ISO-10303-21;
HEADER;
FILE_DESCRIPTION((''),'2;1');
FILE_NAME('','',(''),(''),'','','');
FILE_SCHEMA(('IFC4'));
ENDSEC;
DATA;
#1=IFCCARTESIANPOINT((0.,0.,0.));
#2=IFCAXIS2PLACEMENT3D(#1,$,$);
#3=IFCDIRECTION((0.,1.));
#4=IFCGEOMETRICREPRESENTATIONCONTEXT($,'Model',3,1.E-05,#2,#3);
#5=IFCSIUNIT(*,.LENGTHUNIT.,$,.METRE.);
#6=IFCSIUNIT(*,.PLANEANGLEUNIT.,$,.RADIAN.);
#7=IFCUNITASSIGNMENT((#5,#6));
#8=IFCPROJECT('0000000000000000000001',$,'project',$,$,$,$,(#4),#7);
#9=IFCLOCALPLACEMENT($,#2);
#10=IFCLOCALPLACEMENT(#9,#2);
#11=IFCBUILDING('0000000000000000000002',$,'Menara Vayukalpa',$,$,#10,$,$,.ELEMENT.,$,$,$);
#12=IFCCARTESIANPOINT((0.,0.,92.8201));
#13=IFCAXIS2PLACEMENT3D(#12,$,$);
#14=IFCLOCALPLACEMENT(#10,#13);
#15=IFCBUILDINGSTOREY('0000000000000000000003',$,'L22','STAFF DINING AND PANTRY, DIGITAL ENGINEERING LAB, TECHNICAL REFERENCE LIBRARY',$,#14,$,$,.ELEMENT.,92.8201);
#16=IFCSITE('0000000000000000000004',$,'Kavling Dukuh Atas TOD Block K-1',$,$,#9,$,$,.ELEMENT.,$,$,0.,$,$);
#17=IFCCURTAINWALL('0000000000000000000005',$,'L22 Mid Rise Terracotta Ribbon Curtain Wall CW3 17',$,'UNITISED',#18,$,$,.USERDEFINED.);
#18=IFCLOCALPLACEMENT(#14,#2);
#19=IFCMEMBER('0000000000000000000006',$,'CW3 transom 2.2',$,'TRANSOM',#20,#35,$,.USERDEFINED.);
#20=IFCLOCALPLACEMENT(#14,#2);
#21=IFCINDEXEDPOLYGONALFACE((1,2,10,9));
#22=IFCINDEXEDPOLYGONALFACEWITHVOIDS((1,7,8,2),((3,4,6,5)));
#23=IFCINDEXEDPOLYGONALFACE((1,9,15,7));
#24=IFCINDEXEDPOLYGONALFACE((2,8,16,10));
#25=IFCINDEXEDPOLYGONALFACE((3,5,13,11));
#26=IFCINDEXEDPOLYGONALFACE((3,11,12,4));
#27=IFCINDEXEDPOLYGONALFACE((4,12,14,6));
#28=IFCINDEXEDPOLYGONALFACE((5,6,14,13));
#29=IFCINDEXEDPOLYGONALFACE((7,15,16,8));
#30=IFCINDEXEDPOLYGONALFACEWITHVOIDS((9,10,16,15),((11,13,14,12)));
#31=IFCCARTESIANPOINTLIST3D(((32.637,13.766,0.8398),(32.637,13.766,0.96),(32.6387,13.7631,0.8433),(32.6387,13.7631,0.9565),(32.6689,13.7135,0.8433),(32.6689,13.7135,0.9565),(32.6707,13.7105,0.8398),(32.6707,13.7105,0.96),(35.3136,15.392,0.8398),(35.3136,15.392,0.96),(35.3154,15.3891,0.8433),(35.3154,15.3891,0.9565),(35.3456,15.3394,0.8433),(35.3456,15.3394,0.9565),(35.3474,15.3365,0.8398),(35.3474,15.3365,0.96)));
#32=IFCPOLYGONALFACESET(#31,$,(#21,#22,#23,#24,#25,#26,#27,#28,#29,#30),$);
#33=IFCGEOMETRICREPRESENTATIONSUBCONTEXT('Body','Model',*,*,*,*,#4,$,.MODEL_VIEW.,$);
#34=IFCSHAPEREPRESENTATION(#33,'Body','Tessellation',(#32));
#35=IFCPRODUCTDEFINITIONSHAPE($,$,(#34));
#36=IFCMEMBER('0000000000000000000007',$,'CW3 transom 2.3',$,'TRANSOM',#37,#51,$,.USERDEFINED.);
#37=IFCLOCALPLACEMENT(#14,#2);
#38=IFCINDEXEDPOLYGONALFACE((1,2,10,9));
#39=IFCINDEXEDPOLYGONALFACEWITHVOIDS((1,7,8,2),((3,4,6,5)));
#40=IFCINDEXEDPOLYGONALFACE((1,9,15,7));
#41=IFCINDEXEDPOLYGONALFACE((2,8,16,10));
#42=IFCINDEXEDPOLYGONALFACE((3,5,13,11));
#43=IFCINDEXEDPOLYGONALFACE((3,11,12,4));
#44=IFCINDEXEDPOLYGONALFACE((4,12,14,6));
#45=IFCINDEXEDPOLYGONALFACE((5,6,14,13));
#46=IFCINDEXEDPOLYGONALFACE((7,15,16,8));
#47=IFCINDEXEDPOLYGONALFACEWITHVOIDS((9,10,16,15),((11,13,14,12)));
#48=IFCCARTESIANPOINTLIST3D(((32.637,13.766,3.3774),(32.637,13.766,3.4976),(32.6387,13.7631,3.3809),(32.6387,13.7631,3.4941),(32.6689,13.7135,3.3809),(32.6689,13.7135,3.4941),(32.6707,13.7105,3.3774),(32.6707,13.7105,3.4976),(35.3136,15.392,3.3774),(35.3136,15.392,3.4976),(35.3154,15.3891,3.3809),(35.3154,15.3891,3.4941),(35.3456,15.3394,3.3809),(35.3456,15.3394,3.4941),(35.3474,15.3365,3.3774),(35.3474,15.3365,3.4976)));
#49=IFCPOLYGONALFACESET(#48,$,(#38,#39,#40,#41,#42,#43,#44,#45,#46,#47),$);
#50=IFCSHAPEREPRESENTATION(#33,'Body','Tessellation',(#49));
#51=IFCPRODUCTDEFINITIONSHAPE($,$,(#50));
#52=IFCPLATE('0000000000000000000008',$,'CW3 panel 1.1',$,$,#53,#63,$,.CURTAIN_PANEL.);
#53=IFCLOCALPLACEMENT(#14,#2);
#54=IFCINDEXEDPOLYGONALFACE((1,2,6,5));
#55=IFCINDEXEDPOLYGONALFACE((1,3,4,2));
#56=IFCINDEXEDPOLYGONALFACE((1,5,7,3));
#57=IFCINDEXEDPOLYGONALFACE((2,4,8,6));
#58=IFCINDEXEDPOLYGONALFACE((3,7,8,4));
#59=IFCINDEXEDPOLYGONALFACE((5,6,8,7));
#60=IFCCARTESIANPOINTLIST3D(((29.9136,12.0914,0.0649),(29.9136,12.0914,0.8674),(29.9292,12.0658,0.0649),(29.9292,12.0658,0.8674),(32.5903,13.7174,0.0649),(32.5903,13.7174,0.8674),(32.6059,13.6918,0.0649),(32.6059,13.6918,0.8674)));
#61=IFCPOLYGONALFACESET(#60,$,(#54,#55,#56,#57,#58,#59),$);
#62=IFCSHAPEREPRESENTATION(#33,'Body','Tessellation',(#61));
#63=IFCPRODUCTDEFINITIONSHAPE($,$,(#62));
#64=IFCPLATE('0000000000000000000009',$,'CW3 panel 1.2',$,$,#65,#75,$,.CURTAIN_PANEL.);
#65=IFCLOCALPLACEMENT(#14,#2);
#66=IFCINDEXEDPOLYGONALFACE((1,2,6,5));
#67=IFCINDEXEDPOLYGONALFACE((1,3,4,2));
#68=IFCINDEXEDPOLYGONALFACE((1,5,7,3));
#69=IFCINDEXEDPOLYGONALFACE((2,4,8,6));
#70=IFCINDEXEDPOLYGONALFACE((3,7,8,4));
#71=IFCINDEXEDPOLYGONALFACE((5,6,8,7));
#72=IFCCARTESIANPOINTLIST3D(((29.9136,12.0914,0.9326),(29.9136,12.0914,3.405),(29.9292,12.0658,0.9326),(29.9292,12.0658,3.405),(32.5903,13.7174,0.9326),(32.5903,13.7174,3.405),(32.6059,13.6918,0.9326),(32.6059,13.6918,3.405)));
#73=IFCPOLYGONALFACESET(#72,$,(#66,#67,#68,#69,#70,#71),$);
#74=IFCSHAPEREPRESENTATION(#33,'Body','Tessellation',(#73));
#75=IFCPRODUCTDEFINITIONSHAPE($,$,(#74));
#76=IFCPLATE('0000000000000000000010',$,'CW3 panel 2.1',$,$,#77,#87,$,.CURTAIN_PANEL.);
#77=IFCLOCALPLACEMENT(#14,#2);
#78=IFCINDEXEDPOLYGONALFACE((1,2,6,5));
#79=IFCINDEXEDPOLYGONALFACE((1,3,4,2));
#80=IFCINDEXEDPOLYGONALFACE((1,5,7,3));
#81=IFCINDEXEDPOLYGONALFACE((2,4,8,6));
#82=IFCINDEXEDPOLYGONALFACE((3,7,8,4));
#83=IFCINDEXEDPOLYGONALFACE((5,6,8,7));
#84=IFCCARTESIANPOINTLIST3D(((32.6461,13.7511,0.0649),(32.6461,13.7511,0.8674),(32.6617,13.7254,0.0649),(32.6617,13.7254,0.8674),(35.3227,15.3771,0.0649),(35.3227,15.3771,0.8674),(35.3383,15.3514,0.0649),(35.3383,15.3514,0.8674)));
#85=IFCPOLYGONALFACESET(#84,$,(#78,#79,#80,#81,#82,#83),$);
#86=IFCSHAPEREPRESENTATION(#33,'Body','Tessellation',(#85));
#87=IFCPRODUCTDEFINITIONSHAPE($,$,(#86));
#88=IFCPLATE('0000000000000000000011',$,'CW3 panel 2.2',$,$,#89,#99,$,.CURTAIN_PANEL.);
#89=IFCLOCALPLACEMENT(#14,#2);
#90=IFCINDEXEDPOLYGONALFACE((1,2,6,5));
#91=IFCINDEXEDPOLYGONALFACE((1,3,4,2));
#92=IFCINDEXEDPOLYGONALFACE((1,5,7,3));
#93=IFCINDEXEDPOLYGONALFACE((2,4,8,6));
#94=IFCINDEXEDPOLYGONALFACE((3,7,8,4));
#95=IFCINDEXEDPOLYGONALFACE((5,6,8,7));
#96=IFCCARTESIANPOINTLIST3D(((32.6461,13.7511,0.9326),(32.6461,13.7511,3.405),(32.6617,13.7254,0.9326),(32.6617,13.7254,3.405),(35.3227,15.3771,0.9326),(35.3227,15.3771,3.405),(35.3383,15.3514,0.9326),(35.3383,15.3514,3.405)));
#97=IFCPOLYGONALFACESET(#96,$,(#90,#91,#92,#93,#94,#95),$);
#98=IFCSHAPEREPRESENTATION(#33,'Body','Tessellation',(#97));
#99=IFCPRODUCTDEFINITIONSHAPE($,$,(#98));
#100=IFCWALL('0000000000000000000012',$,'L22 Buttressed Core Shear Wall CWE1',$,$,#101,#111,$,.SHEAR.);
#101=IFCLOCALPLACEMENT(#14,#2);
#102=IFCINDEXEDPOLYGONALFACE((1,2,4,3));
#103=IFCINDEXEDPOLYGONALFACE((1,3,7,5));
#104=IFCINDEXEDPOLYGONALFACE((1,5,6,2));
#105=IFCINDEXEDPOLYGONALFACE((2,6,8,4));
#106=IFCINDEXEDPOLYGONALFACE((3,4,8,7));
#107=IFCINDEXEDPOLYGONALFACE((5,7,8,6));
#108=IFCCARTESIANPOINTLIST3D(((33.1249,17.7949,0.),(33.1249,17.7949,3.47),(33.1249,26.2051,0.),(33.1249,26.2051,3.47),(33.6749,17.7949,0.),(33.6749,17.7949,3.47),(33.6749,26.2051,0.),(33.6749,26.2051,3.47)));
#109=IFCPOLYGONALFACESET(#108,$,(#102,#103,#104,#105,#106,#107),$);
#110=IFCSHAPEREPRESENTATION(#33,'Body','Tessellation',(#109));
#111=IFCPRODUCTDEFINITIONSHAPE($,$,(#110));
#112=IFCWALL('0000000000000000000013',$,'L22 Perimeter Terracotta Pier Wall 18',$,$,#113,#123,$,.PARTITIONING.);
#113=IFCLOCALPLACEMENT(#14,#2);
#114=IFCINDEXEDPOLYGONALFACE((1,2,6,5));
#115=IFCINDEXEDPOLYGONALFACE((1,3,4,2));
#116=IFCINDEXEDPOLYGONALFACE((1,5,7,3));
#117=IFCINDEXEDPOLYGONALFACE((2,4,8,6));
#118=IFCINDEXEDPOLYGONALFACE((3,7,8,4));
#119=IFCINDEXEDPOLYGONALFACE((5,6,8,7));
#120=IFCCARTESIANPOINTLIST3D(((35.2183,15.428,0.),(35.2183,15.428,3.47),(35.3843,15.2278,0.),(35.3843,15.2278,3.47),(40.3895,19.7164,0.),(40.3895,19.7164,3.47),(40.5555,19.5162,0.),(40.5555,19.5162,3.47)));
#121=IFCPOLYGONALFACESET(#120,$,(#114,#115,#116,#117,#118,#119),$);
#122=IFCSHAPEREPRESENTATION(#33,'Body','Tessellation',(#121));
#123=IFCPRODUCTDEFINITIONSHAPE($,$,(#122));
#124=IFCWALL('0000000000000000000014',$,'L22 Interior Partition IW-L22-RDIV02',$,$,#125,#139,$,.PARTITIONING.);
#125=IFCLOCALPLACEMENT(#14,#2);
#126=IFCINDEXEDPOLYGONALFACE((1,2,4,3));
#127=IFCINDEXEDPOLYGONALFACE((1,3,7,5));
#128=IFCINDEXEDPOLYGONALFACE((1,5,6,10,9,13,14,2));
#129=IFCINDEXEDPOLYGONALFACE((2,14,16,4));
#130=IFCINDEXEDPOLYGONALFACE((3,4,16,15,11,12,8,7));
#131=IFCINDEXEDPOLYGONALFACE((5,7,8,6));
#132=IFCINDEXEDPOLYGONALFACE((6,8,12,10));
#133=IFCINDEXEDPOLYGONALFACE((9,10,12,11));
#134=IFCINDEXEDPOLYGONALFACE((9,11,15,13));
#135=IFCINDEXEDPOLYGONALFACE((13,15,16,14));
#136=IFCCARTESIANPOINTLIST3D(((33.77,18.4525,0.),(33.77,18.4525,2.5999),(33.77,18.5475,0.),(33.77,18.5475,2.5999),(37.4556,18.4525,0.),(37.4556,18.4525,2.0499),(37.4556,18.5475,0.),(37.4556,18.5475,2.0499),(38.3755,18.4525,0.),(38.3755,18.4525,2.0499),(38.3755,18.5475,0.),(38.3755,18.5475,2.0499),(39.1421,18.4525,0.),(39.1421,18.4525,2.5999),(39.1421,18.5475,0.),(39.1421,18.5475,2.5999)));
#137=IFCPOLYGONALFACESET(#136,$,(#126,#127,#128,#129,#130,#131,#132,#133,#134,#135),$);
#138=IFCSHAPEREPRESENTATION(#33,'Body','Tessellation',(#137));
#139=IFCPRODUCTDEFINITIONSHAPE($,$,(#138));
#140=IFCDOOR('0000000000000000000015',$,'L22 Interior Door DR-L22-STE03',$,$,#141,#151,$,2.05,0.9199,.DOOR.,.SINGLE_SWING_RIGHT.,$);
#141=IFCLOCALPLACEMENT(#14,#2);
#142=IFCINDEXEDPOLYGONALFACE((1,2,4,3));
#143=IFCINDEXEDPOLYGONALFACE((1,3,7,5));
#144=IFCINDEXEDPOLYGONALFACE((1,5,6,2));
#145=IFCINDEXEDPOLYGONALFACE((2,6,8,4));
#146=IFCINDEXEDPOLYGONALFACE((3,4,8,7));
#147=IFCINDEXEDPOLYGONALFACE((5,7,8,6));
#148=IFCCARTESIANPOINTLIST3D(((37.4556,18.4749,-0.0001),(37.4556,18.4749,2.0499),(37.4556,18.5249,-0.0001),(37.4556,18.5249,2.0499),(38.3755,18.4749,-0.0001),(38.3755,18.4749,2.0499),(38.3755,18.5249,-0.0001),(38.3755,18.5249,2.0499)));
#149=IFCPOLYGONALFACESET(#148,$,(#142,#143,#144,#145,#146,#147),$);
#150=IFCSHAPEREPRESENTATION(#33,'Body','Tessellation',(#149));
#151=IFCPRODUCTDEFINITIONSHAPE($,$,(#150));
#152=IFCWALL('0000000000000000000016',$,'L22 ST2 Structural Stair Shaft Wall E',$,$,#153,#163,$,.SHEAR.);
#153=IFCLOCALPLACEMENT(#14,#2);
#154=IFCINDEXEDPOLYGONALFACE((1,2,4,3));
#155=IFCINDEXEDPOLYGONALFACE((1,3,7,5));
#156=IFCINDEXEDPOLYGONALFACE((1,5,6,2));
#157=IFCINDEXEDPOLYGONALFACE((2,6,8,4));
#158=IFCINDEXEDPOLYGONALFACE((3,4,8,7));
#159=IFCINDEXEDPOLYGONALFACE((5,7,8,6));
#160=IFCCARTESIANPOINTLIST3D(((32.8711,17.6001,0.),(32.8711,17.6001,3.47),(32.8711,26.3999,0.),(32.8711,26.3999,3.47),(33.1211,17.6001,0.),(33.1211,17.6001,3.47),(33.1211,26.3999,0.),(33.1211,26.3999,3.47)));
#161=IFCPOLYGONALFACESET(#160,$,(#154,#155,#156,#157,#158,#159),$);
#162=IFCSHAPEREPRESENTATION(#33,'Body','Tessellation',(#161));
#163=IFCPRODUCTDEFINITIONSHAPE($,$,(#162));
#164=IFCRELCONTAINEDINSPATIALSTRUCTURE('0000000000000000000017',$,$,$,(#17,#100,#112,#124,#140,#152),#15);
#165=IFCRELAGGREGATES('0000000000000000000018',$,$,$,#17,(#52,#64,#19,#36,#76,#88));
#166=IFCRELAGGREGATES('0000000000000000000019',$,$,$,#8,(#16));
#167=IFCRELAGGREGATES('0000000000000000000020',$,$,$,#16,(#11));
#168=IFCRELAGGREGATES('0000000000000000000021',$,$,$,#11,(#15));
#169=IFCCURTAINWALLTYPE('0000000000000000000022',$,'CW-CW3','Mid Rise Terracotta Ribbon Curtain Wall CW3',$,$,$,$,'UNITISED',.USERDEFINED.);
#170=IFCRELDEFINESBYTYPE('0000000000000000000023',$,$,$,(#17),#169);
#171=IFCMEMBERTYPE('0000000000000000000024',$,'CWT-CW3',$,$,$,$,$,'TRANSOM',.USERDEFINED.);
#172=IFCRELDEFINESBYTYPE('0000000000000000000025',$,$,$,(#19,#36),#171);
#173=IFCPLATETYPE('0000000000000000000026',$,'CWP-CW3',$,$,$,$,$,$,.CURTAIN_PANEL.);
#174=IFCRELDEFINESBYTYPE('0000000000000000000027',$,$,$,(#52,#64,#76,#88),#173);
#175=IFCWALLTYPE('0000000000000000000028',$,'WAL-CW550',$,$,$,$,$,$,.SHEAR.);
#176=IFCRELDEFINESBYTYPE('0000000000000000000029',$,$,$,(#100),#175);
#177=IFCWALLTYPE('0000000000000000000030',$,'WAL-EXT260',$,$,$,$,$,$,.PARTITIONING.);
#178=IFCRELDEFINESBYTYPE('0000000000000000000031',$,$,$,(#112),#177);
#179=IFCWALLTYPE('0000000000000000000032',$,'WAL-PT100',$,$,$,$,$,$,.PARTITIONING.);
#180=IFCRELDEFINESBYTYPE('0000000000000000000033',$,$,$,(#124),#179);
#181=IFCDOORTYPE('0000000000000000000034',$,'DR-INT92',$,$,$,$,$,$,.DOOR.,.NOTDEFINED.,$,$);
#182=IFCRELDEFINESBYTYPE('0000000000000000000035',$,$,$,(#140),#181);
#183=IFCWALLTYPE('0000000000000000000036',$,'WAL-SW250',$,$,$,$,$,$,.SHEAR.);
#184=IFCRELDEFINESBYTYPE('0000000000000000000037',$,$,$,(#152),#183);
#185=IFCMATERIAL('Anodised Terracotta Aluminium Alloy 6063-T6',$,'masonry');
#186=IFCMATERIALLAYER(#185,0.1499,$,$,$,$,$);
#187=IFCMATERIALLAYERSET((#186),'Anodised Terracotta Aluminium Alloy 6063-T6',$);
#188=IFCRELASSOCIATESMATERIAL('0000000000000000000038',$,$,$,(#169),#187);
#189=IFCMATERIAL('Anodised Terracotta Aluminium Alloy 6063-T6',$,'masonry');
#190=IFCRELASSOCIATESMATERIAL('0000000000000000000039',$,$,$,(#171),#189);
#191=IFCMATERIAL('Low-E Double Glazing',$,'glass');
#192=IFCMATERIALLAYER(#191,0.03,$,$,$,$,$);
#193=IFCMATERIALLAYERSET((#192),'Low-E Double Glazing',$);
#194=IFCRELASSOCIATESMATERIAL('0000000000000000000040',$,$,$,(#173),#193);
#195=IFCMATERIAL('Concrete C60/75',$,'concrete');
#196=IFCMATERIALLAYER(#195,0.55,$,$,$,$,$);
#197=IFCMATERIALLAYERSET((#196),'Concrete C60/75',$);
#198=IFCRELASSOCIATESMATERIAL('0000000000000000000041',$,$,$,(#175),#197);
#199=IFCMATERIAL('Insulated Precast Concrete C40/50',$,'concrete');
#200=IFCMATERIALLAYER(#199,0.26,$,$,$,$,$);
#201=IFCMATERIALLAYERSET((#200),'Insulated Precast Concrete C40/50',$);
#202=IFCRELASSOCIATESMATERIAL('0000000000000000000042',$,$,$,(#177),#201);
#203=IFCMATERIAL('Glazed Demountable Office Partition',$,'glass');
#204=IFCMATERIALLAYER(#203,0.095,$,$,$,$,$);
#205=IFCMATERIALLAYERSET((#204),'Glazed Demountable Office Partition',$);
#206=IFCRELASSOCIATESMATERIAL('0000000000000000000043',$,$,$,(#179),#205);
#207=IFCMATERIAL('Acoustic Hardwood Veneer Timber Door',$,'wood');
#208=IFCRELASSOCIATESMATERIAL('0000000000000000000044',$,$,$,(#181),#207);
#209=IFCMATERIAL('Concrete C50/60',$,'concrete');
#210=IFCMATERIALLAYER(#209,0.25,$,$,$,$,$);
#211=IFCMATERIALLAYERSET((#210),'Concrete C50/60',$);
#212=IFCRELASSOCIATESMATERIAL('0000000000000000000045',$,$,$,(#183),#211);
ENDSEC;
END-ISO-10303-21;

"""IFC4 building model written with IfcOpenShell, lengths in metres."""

from ifc_helpers import new_model, si_unit, direction, frame, frame_2d, origin, origin_2d, place, context, subcontext, project, spatial, rectangle, hollow_rectangle, extrude, material, layer, layer_set, material_profile, profile_set, type_object, element, fill, aggregate, save


model = new_model("IFC4")

# Units and contexts
model_context = context("Model", 3, precision=1e-05, world=origin(), true_north=direction((0.0, 1.0)))
body_context = subcontext(model_context, "Body", "Model", "MODEL_VIEW")
ifc_project = project(units=[si_unit("LENGTHUNIT", "METRE"), si_unit("PLANEANGLEUNIT", "RADIAN")], contexts=[model_context])

# Site, building, storey
site_placement = place(None, origin())
site = spatial("IfcSite", under=ifc_project, at=site_placement, Name="Kavling Dukuh Atas TOD Block K-1", CompositionType="ELEMENT", RefElevation=0.0)
building_placement = place(site_placement, origin())
building = spatial("IfcBuilding", under=site, at=building_placement, Name="Menara Vayukalpa", CompositionType="ELEMENT")
storey_placement = place(building_placement, frame((0.0, 0.0, 92.8201)))
storey = spatial("IfcBuildingStorey", under=building, at=storey_placement, Name="L22", Description="STAFF DINING AND PANTRY, DIGITAL ENGINEERING LAB, TECHNICAL REFERENCE LIBRARY", CompositionType="ELEMENT", Elevation=92.8201)

# Curtain wall, members, plates
ifc_material_1 = material(Name="Anodised Terracotta Aluminium Alloy 6063-T6", Category="masonry")
ifc_layer_1 = layer(ifc_material_1, 0.1499)
ifc_layer_set_1 = layer_set([ifc_layer_1], Name="Anodised Terracotta Aluminium Alloy 6063-T6")
curtain_wall_type = type_object("IfcCurtainWallType", Name="CW-CW3", Description="Mid Rise Terracotta Ribbon Curtain Wall CW3", ElementType="UNITISED", PredefinedType="USERDEFINED", material=ifc_layer_set_1)
curtain_wall_placement = place(storey_placement, origin())
curtain_wall = element("IfcCurtainWall", 1, at=curtain_wall_placement, inside=storey, type_object=curtain_wall_type, Name="L22 Mid Rise Terracotta Ribbon Curtain Wall CW3 17", ObjectType="UNITISED", PredefinedType="USERDEFINED")
ifc_material_2 = material(Name="Anodised Terracotta Aluminium Alloy 6063-T6", Category="masonry")
ifc_material_profile_1 = material_profile(ifc_material_2, hollow_rectangle(XDim=0.0649, YDim=0.1201, WallThickness=0.0034, at=origin_2d()), Name="ALU 65x120x3.5")
ifc_profile_set_1 = profile_set([ifc_material_profile_1], Name="Anodised Terracotta Aluminium Alloy 6063-T6")
member_type_1 = type_object("IfcMemberType", Name="CWT-CW3", ElementType="TRANSOM", PredefinedType="USERDEFINED", material=ifc_profile_set_1)
member_1_placement = place(storey_placement, frame((32.6538, 13.7383, 0.8999), z_axis=(0.854674, 0.519165, 0.0), x_axis=(-0.519165, 0.854674, 0.0)))
member_1 = element("IfcMember", 2, at=member_1_placement, type_object=member_type_1, Name="CW3 transom 2.2", ObjectType="TRANSOM", PredefinedType="USERDEFINED", context=body_context, shape_type="SweptSolid", body=[
    extrude(hollow_rectangle(XDim=0.0649, YDim=0.1201, WallThickness=0.0034, at=origin_2d()), origin(), (0.0, 0.0, 1.0), 3.1318),
])
member_2_placement = place(storey_placement, frame((32.6538, 13.7383, 3.4375), z_axis=(0.854674, 0.519165, 0.0), x_axis=(-0.519165, 0.854674, 0.0)))
member_2 = element("IfcMember", 3, at=member_2_placement, type_object=member_type_1, Name="CW3 transom 2.3", ObjectType="TRANSOM", PredefinedType="USERDEFINED", context=body_context, shape_type="SweptSolid", body=[
    extrude(hollow_rectangle(XDim=0.0649, YDim=0.1201, WallThickness=0.0034, at=origin_2d()), origin(), (0.0, 0.0, 1.0), 3.1318),
])
ifc_material_3 = material(Name="Low-E Double Glazing", Category="glass")
ifc_layer_2 = layer(ifc_material_3, 0.03)
ifc_layer_set_2 = layer_set([ifc_layer_2], Name="Low-E Double Glazing")
plate_type = type_object("IfcPlateType", Name="CWP-CW3", PredefinedType="CURTAIN_PANEL", material=ifc_layer_set_2)
plate_1_placement = place(storey_placement, frame((31.2598, 12.8916, 0.0649), z_axis=(0.0, 0.0, 1.0), x_axis=(0.854663, 0.519183, 0.0)))
plate_1 = element("IfcPlate", 4, at=plate_1_placement, type_object=plate_type, Name="CW3 panel 1.1", PredefinedType="CURTAIN_PANEL", context=body_context, shape_type="SweptSolid", body=[
    extrude(rectangle(XDim=3.1318, YDim=0.03, at=origin_2d()), origin(), (0.0, 0.0, 1.0), 0.8025),
])
plate_2_placement = place(storey_placement, frame((31.2598, 12.8916, 0.9326), z_axis=(0.0, 0.0, 1.0), x_axis=(0.854663, 0.519183, 0.0)))
plate_2 = element("IfcPlate", 5, at=plate_2_placement, type_object=plate_type, Name="CW3 panel 1.2", PredefinedType="CURTAIN_PANEL", context=body_context, shape_type="SweptSolid", body=[
    extrude(rectangle(XDim=3.1318, YDim=0.03, at=origin_2d()), origin(), (0.0, 0.0, 1.0), 2.4724),
])
plate_3_placement = place(storey_placement, frame((33.9922, 14.5513, 0.0649), z_axis=(0.0, 0.0, 1.0), x_axis=(0.854663, 0.519183, 0.0)))
plate_3 = element("IfcPlate", 6, at=plate_3_placement, type_object=plate_type, Name="CW3 panel 2.1", PredefinedType="CURTAIN_PANEL", context=body_context, shape_type="SweptSolid", body=[
    extrude(rectangle(XDim=3.1318, YDim=0.03, at=origin_2d()), origin(), (0.0, 0.0, 1.0), 0.8025),
])
plate_4_placement = place(storey_placement, frame((33.9922, 14.5513, 0.9326), z_axis=(0.0, 0.0, 1.0), x_axis=(0.854663, 0.519183, 0.0)))
plate_4 = element("IfcPlate", 7, at=plate_4_placement, type_object=plate_type, Name="CW3 panel 2.2", PredefinedType="CURTAIN_PANEL", context=body_context, shape_type="SweptSolid", body=[
    extrude(rectangle(XDim=3.1318, YDim=0.03, at=origin_2d()), origin(), (0.0, 0.0, 1.0), 2.4724),
])
aggregate(curtain_wall, [plate_1, plate_2, member_1, member_2, plate_3, plate_4])

# Walls
ifc_material_4 = material(Name="Concrete C60/75", Category="concrete")
ifc_layer_3 = layer(ifc_material_4, 0.55)
ifc_layer_set_3 = layer_set([ifc_layer_3], Name="Concrete C60/75")
wall_type_1 = type_object("IfcWallType", Name="WAL-CW550", PredefinedType="SHEAR", material=ifc_layer_set_3)
wall_1_placement = place(storey_placement, frame((33.3999, 17.7949, 0.0), z_axis=(0.0, 0.0, 1.0), x_axis=(0.0, 1.0, 0.0)))
element("IfcWall", 8, at=wall_1_placement, inside=storey, type_object=wall_type_1, Name="L22 Buttressed Core Shear Wall CWE1", PredefinedType="SHEAR", context=body_context, shape_type="SweptSolid", body=[
    extrude(rectangle(XDim=8.4102, YDim=0.55, at=frame_2d((4.2051, 0.0))), origin(), (0.0, 0.0, 1.0), 3.47),
])
ifc_material_5 = material(Name="Insulated Precast Concrete C40/50", Category="concrete")
ifc_layer_4 = layer(ifc_material_5, 0.26)
ifc_layer_set_4 = layer_set([ifc_layer_4], Name="Insulated Precast Concrete C40/50")
wall_type_2 = type_object("IfcWallType", Name="WAL-EXT260", PredefinedType="PARTITIONING", material=ifc_layer_set_4)
wall_2_placement = place(storey_placement, frame((40.4724, 19.6162, 0.0), z_axis=(0.0, 0.0, 1.0), x_axis=(-0.769753, -0.638342, 0.0)))
element("IfcWall", 9, at=wall_2_placement, inside=storey, type_object=wall_type_2, Name="L22 Perimeter Terracotta Pier Wall 18", PredefinedType="PARTITIONING", context=body_context, shape_type="SweptSolid", body=[
    extrude(rectangle(XDim=6.718, YDim=0.26, at=frame_2d((3.3589, 0.0))), origin(), (0.0, 0.0, 1.0), 3.47),
])

# Wall, opening, door
ifc_material_6 = material(Name="Glazed Demountable Office Partition", Category="glass")
ifc_layer_5 = layer(ifc_material_6, 0.095)
ifc_layer_set_5 = layer_set([ifc_layer_5], Name="Glazed Demountable Office Partition")
wall_type_3 = type_object("IfcWallType", Name="WAL-PT100", PredefinedType="PARTITIONING", material=ifc_layer_set_5)
wall_3_placement = place(storey_placement, frame((33.77, 18.5, 0.0), z_axis=(0.0, 0.0, 1.0), x_axis=(1.0, 0.0, 0.0)))
wall_3 = element("IfcWall", 10, at=wall_3_placement, inside=storey, type_object=wall_type_3, Name="L22 Interior Partition IW-L22-RDIV02", PredefinedType="PARTITIONING", context=body_context, shape_type="SweptSolid", body=[
    extrude(rectangle(XDim=5.3721, YDim=0.095, at=frame_2d((2.686, 0.0))), origin(), (0.0, 0.0, 1.0), 2.5999),
])
opening_placement = place(wall_3_placement, frame((3.6855, 0.0, 0.0)))
opening = element("IfcOpeningElement", 11, at=opening_placement, cuts=wall_3, PredefinedType="OPENING", context=body_context, shape_type="SweptSolid", body=[
    extrude(rectangle(XDim=0.9199, YDim=2.05, at=frame_2d((0.46, 1.0249))), frame((0.0, 0.0574, 0.0), z_axis=(0.0, -1.0, 0.0), x_axis=(1.0, 0.0, 0.0)), (0.0, 0.0, 1.0), 0.115),
])
ifc_material_7 = material(Name="Acoustic Hardwood Veneer Timber Door", Category="wood")
door_type = type_object("IfcDoorType", Name="DR-INT92", OperationType="NOTDEFINED", PredefinedType="DOOR", material=ifc_material_7)
door_placement = place(opening_placement, origin())
door = element("IfcDoor", 12, at=door_placement, inside=storey, type_object=door_type, Name="L22 Interior Door DR-L22-STE03", OperationType="SINGLE_SWING_RIGHT", OverallHeight=2.05, OverallWidth=0.9199, PredefinedType="DOOR", context=body_context, shape_type="SweptSolid", body=[
    extrude(rectangle(XDim=0.9199, YDim=2.05, at=frame_2d((0.46, 1.0249))), frame((0.0, 0.0249, 0.0), z_axis=(0.0, -1.0, 0.0), x_axis=(1.0, 0.0, 0.0)), (0.0, 0.0, 1.0), 0.05),
])
fill(opening, door)

# Wall
ifc_material_8 = material(Name="Concrete C50/60", Category="concrete")
ifc_layer_6 = layer(ifc_material_8, 0.25)
ifc_layer_set_6 = layer_set([ifc_layer_6], Name="Concrete C50/60")
wall_type_4 = type_object("IfcWallType", Name="WAL-SW250", PredefinedType="SHEAR", material=ifc_layer_set_6)
wall_4_placement = place(storey_placement, frame((32.9961, 17.6001, 0.0), z_axis=(0.0, 0.0, 1.0), x_axis=(0.0, 1.0, 0.0)))
element("IfcWall", 13, at=wall_4_placement, inside=storey, type_object=wall_type_4, Name="L22 ST2 Structural Stair Shaft Wall E", PredefinedType="SHEAR", context=body_context, shape_type="SweptSolid", body=[
    extrude(rectangle(XDim=8.7998, YDim=0.25, at=frame_2d((4.3999, 0.0))), origin(), (0.0, 0.0, 1.0), 3.47),
])

save(model, "model.ifc")
